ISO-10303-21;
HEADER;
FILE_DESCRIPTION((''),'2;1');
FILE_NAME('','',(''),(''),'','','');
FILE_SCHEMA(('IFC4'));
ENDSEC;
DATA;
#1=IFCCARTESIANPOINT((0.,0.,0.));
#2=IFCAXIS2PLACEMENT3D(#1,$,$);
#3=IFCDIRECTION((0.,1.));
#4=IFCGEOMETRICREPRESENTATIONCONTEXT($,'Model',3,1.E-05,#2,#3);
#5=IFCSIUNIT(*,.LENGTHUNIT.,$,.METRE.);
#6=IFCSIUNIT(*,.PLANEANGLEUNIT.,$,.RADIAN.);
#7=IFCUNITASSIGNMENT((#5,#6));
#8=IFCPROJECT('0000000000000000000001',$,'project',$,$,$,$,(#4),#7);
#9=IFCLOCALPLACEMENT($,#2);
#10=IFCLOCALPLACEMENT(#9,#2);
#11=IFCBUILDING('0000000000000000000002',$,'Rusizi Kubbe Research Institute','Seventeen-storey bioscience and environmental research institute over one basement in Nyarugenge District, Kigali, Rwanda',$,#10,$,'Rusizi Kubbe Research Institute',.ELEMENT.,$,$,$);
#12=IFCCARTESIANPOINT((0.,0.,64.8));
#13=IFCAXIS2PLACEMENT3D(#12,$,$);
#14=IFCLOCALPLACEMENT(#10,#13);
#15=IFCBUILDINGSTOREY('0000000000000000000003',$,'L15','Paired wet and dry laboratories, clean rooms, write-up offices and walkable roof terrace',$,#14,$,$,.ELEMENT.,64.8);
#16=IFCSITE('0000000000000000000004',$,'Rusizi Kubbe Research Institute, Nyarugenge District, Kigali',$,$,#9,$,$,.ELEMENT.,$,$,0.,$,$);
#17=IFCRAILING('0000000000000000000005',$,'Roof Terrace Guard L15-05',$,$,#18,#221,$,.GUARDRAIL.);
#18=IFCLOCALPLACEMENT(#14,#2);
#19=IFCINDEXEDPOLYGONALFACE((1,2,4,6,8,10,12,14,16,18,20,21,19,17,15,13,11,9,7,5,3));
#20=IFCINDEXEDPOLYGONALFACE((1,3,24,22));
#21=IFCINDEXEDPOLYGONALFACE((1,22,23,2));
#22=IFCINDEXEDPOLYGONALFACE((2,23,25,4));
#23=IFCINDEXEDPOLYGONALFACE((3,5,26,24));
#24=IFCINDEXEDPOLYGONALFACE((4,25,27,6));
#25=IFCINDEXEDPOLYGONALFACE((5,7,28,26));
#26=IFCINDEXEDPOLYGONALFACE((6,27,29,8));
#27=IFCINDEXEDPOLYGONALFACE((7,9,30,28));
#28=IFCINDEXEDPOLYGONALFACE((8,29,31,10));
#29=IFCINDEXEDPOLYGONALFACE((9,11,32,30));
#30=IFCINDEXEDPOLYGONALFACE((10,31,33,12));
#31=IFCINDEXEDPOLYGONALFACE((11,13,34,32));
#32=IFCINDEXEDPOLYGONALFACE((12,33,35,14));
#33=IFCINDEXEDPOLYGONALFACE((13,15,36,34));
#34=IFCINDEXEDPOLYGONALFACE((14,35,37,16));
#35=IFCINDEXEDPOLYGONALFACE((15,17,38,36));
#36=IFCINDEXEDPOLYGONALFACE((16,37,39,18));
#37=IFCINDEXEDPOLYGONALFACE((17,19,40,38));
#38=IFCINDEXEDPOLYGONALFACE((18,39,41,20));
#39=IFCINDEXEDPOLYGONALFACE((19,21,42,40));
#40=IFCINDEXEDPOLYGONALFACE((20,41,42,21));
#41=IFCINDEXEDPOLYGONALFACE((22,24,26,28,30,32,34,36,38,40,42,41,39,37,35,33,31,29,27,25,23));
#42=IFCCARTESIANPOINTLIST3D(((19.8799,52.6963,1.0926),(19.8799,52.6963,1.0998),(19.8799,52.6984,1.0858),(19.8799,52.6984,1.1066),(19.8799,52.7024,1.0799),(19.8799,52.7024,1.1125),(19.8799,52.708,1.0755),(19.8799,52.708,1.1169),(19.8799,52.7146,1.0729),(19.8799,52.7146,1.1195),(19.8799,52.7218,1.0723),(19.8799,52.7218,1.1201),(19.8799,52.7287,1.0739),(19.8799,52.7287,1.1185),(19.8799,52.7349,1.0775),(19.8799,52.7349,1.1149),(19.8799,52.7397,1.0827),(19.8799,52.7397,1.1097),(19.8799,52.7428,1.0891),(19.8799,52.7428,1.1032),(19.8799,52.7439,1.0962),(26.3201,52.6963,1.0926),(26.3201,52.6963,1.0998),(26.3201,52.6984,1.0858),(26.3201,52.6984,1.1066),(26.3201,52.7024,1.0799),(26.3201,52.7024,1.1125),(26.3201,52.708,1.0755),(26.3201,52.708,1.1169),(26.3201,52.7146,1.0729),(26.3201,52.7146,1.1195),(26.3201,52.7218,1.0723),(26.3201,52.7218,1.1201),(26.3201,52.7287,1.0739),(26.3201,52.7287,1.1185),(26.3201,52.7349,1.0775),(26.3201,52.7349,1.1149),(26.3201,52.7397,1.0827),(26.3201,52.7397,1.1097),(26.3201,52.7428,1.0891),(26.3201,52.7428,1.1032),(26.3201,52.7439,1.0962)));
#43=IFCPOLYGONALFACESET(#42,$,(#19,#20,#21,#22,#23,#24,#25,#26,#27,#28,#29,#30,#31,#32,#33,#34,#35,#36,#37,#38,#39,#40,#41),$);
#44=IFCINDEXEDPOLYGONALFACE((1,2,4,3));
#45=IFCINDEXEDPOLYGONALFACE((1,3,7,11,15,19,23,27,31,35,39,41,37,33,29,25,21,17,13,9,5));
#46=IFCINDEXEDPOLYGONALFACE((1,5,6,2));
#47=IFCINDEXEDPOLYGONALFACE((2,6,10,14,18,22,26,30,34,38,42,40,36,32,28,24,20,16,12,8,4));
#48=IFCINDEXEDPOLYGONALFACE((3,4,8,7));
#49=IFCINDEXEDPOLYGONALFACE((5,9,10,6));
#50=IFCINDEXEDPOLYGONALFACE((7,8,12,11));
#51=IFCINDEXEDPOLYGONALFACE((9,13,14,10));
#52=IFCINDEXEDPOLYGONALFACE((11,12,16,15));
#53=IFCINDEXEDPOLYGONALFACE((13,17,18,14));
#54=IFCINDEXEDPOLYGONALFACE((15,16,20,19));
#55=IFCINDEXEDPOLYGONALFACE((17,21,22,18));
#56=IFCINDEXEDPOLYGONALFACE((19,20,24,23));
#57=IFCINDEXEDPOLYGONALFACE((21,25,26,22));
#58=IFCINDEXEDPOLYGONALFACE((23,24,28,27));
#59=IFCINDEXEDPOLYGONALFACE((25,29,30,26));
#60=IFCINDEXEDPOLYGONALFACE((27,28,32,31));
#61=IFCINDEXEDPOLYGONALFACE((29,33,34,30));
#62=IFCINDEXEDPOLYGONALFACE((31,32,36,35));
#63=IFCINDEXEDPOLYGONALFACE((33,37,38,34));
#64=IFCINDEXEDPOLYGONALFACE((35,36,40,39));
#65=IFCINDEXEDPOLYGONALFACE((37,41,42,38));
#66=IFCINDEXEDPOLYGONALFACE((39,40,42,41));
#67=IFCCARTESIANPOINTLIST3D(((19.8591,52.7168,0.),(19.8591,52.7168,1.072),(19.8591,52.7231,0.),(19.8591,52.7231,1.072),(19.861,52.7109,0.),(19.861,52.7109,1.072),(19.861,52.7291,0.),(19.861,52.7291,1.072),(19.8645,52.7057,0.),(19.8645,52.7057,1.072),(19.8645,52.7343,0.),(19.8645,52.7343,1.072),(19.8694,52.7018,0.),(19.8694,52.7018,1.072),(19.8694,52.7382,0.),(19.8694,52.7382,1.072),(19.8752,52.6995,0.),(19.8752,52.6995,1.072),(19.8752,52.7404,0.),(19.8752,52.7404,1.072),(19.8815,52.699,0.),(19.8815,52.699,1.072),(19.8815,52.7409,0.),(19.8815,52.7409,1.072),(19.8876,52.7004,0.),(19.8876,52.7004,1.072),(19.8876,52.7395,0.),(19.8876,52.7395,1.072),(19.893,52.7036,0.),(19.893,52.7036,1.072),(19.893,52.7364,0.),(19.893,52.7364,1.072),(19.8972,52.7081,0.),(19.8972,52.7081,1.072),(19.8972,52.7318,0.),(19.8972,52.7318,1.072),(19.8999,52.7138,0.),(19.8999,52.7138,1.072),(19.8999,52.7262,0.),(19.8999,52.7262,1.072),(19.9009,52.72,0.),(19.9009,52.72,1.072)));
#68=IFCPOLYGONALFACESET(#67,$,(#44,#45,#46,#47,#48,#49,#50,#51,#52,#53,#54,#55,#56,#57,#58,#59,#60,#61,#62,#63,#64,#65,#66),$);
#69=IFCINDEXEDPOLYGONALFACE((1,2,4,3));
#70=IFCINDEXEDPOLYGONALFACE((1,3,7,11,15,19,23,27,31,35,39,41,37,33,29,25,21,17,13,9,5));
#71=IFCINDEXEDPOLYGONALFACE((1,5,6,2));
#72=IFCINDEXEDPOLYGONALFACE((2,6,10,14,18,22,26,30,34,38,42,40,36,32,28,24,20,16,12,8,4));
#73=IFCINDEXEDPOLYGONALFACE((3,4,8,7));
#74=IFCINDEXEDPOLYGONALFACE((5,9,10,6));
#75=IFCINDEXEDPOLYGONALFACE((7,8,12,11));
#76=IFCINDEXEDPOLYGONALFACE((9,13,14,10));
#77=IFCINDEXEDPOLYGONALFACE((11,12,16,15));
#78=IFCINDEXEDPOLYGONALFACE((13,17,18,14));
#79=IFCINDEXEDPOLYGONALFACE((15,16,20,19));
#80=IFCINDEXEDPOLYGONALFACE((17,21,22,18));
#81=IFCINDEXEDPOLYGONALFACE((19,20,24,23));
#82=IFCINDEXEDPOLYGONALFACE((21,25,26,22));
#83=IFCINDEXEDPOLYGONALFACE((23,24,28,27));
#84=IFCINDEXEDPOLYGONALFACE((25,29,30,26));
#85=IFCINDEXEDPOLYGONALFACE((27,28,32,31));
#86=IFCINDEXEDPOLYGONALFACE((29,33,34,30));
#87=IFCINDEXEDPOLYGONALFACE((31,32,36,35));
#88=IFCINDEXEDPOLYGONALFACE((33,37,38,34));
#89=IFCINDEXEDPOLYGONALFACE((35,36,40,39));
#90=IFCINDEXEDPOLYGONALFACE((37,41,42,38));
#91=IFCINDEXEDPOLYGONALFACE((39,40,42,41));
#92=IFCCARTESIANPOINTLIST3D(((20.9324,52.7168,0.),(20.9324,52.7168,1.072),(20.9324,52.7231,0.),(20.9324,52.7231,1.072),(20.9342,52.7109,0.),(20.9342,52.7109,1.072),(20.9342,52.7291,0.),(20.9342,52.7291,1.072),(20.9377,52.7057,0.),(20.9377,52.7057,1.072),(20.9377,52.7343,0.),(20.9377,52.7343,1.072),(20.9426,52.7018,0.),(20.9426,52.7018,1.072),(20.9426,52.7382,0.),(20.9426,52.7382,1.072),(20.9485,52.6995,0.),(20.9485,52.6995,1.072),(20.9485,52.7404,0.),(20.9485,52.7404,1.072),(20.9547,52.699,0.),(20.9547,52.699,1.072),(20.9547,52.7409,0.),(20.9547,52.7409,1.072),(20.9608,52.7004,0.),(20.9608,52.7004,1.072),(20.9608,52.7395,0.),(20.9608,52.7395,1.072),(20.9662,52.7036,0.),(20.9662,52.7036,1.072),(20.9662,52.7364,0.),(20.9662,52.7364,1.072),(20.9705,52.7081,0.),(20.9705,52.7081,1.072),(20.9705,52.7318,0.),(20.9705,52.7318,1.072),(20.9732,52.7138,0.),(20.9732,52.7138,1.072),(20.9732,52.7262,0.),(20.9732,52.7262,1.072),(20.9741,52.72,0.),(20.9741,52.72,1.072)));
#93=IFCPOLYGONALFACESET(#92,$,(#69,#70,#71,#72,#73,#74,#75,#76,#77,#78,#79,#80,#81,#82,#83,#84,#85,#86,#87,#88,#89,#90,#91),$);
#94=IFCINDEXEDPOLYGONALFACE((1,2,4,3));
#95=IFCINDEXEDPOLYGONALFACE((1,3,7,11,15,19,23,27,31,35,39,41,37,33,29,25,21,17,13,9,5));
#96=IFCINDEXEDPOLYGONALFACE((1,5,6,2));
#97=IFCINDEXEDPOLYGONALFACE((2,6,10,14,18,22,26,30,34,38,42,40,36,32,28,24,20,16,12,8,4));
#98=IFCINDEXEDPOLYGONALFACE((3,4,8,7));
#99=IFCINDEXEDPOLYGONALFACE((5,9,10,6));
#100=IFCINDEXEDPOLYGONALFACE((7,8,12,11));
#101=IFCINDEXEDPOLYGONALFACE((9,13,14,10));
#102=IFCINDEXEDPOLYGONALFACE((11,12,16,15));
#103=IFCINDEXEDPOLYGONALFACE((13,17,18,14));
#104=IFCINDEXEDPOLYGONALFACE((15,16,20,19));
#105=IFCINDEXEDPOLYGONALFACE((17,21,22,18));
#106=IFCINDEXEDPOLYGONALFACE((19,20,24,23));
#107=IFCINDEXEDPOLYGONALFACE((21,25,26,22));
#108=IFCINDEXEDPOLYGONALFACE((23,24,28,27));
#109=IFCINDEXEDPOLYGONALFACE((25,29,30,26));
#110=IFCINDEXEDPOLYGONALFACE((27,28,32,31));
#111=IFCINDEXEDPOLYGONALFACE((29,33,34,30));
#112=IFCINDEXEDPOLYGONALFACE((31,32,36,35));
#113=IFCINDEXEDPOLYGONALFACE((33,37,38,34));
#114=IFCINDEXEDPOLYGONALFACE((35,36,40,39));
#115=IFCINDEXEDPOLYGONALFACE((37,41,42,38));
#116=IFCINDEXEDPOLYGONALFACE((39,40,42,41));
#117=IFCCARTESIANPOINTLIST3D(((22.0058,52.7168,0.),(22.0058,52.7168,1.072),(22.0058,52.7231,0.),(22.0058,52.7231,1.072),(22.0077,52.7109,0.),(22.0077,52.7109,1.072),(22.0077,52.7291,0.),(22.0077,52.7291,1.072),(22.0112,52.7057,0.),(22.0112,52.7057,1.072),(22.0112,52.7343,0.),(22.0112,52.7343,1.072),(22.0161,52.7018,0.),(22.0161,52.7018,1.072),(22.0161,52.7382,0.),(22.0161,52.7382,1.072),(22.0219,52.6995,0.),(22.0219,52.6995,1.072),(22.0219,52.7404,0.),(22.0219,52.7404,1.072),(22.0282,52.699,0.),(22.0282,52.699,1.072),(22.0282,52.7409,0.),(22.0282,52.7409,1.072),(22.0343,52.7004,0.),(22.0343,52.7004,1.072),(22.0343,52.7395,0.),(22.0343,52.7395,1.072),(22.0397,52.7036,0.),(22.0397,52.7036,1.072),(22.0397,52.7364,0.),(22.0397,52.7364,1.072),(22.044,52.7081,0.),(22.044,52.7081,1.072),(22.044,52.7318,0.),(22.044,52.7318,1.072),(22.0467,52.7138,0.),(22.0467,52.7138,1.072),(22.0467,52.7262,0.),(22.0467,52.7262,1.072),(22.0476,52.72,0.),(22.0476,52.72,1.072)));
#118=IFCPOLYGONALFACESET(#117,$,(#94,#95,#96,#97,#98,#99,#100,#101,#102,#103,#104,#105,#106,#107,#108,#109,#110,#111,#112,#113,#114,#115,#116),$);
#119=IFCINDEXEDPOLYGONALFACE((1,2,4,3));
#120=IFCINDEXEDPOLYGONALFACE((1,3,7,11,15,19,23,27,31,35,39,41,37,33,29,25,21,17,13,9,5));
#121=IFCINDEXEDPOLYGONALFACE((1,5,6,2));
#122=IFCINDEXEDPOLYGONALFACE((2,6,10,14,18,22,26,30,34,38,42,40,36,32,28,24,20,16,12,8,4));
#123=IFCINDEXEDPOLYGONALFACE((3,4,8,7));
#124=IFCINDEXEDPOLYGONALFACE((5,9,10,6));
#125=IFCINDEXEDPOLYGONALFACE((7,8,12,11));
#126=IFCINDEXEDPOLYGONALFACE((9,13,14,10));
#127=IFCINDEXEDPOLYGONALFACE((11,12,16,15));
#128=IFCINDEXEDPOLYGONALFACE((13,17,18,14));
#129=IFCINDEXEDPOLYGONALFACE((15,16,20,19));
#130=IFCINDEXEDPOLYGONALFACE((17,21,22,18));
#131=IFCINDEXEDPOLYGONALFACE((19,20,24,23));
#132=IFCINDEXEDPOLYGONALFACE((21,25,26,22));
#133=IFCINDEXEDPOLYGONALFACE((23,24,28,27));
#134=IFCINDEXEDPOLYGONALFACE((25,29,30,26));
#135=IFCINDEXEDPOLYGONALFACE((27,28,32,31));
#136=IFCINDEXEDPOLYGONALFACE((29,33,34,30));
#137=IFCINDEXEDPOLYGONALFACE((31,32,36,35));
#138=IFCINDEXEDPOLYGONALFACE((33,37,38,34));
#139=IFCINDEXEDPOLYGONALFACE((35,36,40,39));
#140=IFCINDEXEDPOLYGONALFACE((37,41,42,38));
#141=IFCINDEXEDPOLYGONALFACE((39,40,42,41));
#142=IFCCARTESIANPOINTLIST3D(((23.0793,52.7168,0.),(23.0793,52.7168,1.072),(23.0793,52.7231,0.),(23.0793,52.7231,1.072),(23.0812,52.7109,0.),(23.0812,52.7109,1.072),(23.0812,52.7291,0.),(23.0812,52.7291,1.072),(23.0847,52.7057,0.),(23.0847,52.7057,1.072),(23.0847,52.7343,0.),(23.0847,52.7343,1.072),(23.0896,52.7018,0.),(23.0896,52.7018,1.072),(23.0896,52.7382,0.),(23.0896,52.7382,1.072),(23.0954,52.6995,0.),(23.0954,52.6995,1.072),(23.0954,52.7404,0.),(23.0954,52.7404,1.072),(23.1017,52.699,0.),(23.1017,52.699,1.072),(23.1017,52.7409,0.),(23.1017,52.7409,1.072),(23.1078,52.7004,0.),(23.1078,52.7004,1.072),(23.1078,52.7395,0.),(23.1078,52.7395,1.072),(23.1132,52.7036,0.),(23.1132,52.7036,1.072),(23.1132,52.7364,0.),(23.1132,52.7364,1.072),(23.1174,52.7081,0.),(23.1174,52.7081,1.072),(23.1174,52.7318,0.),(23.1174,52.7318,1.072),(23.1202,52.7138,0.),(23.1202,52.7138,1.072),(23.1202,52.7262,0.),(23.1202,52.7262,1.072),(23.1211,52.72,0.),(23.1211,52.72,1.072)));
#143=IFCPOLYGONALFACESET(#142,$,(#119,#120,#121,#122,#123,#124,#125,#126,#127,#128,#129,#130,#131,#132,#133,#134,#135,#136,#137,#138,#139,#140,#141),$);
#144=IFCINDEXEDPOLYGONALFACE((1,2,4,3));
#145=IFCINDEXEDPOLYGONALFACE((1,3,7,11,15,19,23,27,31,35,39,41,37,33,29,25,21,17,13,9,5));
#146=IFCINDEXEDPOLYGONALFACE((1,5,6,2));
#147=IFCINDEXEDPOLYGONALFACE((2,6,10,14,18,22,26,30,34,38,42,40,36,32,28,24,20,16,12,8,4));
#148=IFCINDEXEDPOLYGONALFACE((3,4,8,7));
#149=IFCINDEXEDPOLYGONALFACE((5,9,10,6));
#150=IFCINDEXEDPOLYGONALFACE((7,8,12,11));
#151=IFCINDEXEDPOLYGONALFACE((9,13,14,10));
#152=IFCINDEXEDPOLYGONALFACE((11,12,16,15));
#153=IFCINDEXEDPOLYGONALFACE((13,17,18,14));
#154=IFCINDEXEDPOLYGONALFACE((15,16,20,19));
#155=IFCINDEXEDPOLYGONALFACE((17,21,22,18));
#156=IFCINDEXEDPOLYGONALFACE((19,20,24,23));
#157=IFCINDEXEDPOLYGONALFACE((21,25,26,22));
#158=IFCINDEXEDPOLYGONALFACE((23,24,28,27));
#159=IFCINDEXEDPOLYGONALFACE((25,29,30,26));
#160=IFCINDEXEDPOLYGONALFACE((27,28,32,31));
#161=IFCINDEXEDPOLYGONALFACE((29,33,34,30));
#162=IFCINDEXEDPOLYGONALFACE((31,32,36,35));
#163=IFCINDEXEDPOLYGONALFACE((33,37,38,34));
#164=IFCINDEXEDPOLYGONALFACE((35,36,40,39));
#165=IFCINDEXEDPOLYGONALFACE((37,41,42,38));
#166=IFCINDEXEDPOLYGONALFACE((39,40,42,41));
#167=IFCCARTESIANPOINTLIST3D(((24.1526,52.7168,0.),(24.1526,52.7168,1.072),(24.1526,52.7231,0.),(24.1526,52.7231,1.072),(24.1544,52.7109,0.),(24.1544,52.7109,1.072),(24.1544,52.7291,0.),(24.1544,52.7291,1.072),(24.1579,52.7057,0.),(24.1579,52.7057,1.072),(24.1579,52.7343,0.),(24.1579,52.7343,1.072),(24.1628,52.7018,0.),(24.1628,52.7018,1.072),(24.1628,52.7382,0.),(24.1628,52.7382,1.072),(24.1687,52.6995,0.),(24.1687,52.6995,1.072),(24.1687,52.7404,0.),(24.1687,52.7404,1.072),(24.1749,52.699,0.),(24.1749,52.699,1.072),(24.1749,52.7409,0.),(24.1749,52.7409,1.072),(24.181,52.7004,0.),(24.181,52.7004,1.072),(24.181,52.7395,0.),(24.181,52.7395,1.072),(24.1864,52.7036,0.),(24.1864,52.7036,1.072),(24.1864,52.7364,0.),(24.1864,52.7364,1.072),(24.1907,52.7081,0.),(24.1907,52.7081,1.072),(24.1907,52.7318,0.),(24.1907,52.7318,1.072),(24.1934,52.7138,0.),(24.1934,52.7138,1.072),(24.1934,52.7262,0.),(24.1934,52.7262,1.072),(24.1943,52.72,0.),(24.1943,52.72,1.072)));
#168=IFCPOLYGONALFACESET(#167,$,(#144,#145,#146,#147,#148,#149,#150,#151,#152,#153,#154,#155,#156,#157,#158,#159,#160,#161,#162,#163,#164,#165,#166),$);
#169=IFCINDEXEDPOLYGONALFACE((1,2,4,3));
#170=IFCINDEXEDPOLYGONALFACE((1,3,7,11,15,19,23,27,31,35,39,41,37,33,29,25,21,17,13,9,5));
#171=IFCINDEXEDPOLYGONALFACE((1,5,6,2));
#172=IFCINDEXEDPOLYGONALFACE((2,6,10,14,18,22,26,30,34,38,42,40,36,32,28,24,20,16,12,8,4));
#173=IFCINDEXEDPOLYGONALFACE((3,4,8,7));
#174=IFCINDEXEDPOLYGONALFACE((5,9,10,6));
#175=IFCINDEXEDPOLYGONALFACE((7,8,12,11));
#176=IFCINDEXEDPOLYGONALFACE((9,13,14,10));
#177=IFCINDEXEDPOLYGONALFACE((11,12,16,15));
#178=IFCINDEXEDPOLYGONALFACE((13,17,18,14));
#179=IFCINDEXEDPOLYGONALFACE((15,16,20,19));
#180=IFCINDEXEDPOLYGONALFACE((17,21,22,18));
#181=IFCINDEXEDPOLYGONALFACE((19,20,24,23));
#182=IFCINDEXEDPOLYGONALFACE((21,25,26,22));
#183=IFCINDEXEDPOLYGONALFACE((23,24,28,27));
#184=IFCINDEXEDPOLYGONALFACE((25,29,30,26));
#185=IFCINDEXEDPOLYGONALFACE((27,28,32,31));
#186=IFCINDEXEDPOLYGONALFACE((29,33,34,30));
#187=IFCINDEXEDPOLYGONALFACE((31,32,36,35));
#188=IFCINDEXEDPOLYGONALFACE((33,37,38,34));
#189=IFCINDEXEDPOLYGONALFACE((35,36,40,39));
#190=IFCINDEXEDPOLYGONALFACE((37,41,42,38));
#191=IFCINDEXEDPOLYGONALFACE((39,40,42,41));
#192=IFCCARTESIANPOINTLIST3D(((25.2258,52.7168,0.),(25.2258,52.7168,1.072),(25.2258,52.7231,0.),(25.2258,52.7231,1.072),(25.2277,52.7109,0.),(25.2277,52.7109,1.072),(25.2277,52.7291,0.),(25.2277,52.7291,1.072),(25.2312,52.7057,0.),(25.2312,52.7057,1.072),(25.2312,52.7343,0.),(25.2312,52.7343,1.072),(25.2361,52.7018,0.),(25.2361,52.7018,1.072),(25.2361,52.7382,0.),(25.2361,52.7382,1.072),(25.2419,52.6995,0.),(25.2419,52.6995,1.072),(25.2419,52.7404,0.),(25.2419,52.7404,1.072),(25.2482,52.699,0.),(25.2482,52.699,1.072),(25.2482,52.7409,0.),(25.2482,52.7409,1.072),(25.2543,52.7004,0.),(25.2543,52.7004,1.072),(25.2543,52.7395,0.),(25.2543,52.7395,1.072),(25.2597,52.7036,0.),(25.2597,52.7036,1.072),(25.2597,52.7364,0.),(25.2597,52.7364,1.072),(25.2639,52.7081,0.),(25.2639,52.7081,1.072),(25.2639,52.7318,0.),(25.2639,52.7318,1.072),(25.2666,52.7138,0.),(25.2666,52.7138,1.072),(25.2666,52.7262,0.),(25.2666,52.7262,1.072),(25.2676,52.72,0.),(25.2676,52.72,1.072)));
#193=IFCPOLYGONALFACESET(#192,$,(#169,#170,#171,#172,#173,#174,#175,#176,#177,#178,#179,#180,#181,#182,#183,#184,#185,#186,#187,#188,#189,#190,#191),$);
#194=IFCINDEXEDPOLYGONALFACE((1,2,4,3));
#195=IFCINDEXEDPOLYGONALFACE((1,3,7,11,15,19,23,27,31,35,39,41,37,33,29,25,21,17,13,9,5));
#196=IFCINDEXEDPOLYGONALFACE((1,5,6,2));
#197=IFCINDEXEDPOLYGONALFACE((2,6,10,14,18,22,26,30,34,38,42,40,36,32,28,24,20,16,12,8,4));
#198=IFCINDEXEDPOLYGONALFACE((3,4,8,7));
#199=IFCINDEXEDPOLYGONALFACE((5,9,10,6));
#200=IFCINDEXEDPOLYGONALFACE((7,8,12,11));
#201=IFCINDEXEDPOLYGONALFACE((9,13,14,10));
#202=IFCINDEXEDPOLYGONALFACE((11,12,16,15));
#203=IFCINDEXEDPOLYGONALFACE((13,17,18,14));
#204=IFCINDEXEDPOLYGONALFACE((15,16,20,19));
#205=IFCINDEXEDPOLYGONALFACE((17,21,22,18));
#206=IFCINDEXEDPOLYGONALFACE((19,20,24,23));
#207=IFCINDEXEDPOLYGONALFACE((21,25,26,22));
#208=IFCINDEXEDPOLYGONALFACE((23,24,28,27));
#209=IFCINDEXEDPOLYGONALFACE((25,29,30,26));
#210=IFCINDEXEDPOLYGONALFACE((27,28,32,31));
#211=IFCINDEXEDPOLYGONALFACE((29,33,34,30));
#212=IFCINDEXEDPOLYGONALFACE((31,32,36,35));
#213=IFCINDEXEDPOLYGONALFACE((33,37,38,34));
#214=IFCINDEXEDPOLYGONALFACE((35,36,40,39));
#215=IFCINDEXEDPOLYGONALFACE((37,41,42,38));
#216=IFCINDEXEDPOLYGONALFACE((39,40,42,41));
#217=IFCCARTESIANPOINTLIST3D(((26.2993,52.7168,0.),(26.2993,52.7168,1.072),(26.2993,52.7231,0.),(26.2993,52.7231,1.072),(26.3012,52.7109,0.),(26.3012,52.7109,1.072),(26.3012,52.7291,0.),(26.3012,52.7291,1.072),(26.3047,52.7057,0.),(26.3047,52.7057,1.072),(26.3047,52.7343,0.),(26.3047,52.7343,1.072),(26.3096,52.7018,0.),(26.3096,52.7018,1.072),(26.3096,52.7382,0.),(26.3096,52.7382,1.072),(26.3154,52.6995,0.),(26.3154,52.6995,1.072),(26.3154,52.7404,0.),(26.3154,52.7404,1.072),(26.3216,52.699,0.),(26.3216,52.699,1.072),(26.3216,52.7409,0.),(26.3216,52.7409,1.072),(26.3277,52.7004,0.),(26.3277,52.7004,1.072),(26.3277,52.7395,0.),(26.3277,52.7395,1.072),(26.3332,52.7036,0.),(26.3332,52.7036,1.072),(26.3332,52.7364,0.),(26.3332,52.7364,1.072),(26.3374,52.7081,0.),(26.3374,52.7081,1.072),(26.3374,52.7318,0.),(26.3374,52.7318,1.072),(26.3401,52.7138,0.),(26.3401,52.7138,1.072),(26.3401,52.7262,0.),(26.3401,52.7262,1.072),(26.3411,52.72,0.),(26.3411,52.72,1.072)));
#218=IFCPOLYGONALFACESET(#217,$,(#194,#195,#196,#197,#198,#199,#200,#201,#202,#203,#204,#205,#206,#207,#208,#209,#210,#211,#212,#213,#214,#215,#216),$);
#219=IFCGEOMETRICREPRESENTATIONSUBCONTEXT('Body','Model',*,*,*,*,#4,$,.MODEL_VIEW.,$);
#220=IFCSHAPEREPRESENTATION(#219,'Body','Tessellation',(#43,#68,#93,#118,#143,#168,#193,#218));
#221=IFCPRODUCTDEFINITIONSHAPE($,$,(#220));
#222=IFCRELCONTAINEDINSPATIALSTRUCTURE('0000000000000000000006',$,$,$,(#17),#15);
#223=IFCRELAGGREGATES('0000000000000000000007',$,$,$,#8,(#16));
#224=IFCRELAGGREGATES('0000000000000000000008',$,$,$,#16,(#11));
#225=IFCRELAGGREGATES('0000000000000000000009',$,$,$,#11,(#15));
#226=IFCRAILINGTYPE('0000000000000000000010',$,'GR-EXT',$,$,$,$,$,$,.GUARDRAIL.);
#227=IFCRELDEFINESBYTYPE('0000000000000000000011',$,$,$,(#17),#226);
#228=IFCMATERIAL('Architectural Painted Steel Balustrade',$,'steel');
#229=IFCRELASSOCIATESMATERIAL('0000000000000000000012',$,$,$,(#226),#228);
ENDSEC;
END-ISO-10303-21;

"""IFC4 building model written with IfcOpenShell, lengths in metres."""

from ifc_helpers import new_model, si_unit, direction, frame, origin, origin_2d, place, context, subcontext, project, spatial, circle, extrude, material, type_object, element, save


model = new_model("IFC4")

# Units and contexts
model_context = context("Model", 3, precision=1e-05, world=origin(), true_north=direction((0.0, 1.0)))
body_context = subcontext(model_context, "Body", "Model", "MODEL_VIEW")
ifc_project = project(units=[si_unit("LENGTHUNIT", "METRE"), si_unit("PLANEANGLEUNIT", "RADIAN")], contexts=[model_context])

# Site, building, storey
site_placement = place(None, origin())
site = spatial("IfcSite", under=ifc_project, at=site_placement, Name="Rusizi Kubbe Research Institute, Nyarugenge District, Kigali", CompositionType="ELEMENT", RefElevation=0.0)
building_placement = place(site_placement, origin())
building = spatial("IfcBuilding", under=site, at=building_placement, Name="Rusizi Kubbe Research Institute", Description="Seventeen-storey bioscience and environmental research institute over one basement in Nyarugenge District, Kigali, Rwanda", LongName="Rusizi Kubbe Research Institute", CompositionType="ELEMENT")
storey_placement = place(building_placement, frame((0.0, 0.0, 64.8)))
storey = spatial("IfcBuildingStorey", under=building, at=storey_placement, Name="L15", Description="Paired wet and dry laboratories, clean rooms, write-up offices and walkable roof terrace", CompositionType="ELEMENT", Elevation=64.8)

# Railing
ifc_material_1 = material(Name="Architectural Painted Steel Balustrade", Category="steel")
railing_type_1 = type_object("IfcRailingType", Name="GR-EXT", PredefinedType="GUARDRAIL", material=ifc_material_1)
railing_1_placement = place(storey_placement, frame((19.8799, 52.72, 0.0)))
element("IfcRailing", 1, at=railing_1_placement, inside=storey, type_object=railing_type_1, Name="Roof Terrace Guard L15-05", PredefinedType="GUARDRAIL", context=body_context, shape_type="SweptSolid", body=[
    extrude(circle(Radius=0.0239, at=origin_2d()), frame((0.0, 0.0, 1.0962), z_axis=(1.0, 0.0, 0.0), x_axis=(0.0, 1.0, 0.0)), (0.0, 0.0, 1.0), 6.4402),
    extrude(circle(Radius=0.021, at=origin_2d()), origin(), (0.0, 0.0, 1.0), 1.072),
    extrude(circle(Radius=0.021, at=origin_2d()), frame((1.0732, 0.0, 0.0)), (0.0, 0.0, 1.0), 1.072),
    extrude(circle(Radius=0.021, at=origin_2d()), frame((2.1467, 0.0, 0.0)), (0.0, 0.0, 1.0), 1.072),
    extrude(circle(Radius=0.021, at=origin_2d()), frame((3.2202, 0.0, 0.0)), (0.0, 0.0, 1.0), 1.072),
    extrude(circle(Radius=0.021, at=origin_2d()), frame((4.2935, 0.0, 0.0)), (0.0, 0.0, 1.0), 1.072),
    extrude(circle(Radius=0.021, at=origin_2d()), frame((5.3667, 0.0, 0.0)), (0.0, 0.0, 1.0), 1.072),
    extrude(circle(Radius=0.021, at=origin_2d()), frame((6.4402, 0.0, 0.0)), (0.0, 0.0, 1.0), 1.072),
])

save(model, "model.ifc")
